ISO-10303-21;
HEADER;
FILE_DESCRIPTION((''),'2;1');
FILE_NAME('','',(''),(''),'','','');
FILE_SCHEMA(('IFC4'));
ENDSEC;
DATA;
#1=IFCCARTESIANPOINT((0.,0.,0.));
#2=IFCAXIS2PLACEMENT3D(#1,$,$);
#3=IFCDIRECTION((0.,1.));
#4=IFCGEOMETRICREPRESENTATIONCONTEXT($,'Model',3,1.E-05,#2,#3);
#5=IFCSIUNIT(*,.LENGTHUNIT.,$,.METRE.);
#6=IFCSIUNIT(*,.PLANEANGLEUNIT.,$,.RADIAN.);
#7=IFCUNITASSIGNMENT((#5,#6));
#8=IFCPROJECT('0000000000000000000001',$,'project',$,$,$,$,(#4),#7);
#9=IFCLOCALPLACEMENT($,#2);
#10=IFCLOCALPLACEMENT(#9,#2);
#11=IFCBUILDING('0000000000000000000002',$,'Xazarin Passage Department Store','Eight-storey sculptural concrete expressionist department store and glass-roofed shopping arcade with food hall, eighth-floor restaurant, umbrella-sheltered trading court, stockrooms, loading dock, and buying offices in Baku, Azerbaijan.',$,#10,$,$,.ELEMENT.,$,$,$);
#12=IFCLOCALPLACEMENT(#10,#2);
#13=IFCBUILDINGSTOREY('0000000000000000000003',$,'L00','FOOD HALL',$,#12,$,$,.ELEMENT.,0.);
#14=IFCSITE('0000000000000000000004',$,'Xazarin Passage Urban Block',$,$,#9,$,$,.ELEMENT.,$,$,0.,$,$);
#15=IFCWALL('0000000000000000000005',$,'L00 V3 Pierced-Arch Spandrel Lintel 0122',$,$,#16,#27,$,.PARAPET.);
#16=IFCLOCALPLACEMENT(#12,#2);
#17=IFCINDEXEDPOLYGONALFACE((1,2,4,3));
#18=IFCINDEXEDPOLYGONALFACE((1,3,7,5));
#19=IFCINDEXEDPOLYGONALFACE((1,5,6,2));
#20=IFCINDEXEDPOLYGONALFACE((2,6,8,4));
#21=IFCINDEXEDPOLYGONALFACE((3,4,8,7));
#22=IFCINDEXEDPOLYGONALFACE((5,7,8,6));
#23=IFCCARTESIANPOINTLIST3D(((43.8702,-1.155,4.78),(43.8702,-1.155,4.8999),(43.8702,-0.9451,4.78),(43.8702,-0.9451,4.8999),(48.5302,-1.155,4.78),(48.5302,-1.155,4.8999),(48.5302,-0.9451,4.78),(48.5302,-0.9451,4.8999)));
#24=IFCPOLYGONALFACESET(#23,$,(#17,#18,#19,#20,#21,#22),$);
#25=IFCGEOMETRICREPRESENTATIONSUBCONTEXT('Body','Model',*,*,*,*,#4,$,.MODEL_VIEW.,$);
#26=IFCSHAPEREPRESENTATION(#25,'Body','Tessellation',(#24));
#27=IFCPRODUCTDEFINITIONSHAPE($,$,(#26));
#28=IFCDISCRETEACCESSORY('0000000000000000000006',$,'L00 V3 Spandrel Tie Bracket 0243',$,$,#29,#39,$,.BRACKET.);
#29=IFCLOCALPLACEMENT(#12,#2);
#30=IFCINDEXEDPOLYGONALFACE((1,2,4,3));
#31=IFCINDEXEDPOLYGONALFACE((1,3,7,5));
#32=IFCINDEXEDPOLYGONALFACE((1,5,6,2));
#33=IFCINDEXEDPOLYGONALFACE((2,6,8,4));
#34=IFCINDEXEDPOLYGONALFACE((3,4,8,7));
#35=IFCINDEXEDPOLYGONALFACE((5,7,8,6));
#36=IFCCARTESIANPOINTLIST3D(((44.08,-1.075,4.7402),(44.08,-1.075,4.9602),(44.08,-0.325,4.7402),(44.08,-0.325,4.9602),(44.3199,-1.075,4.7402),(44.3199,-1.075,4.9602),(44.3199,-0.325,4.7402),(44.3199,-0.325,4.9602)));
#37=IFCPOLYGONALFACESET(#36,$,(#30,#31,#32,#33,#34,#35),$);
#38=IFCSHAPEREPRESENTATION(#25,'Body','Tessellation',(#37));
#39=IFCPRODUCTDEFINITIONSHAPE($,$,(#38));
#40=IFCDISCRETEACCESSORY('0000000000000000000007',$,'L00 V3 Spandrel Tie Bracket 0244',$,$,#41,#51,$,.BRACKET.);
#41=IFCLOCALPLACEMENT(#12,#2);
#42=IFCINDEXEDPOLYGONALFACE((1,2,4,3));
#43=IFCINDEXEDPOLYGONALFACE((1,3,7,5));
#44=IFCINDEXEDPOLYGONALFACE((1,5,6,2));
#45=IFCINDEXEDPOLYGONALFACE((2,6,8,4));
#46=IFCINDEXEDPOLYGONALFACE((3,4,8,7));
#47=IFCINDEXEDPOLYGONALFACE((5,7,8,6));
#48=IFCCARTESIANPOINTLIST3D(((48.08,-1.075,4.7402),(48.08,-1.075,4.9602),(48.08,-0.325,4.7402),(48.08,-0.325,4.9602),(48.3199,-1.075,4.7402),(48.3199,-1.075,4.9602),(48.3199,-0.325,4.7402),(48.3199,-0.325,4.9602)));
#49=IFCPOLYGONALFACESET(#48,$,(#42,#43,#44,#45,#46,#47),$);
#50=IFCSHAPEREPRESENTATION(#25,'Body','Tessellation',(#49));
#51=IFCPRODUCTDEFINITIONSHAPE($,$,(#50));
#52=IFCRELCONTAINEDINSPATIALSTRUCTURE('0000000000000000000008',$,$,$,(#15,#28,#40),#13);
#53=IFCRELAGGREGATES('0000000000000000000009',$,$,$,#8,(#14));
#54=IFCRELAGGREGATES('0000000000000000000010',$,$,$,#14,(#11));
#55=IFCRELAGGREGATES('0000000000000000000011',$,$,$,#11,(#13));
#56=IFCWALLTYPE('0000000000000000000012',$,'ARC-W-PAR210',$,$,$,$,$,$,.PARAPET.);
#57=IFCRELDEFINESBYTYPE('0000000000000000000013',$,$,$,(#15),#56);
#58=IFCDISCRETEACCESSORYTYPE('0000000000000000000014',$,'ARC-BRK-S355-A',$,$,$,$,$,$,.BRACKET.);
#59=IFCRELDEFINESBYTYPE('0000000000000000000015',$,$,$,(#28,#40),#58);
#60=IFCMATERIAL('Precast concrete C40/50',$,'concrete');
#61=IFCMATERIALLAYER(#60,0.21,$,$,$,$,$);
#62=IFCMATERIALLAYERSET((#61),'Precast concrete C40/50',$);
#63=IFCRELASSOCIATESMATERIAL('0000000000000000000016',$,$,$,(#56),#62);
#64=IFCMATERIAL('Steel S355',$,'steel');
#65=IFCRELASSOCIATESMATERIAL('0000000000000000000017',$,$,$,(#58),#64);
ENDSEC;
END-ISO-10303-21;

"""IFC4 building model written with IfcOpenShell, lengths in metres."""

from ifc_helpers import new_model, si_unit, direction, frame, frame_2d, origin, origin_2d, place, context, subcontext, project, spatial, rectangle, extrude, material, layer, layer_set, type_object, element, save


model = new_model("IFC4")

# Units and contexts
model_context = context("Model", 3, precision=1e-05, world=origin(), true_north=direction((0.0, 1.0)))
body_context = subcontext(model_context, "Body", "Model", "MODEL_VIEW")
ifc_project = project(units=[si_unit("LENGTHUNIT", "METRE"), si_unit("PLANEANGLEUNIT", "RADIAN")], contexts=[model_context])

# Site, building, storey
site_placement = place(None, origin())
site = spatial("IfcSite", under=ifc_project, at=site_placement, Name="Xazarin Passage Urban Block", CompositionType="ELEMENT", RefElevation=0.0)
building_placement = place(site_placement, origin())
building = spatial("IfcBuilding", under=site, at=building_placement, Name="Xazarin Passage Department Store", Description="Eight-storey sculptural concrete expressionist department store and glass-roofed shopping arcade with food hall, eighth-floor restaurant, umbrella-sheltered trading court, stockrooms, loading dock, and buying offices in Baku, Azerbaijan.", CompositionType="ELEMENT")
storey_placement = place(building_placement, origin())
storey = spatial("IfcBuildingStorey", under=building, at=storey_placement, Name="L00", Description="FOOD HALL", CompositionType="ELEMENT", Elevation=0.0)

# Shared definitions
ifc_material_1 = material(Name="Steel S355", Category="steel")

# Shared definitions
ifc_material_2 = material(Name="Precast concrete C40/50", Category="concrete")

# Wall
ifc_layer_1 = layer(ifc_material_2, 0.21)
ifc_layer_set_1 = layer_set([ifc_layer_1], Name="Precast concrete C40/50")
wall_type = type_object("IfcWallType", Name="ARC-W-PAR210", PredefinedType="PARAPET", material=ifc_layer_set_1)
wall_placement = place(storey_placement, frame((43.8701, -1.05, 4.78), z_axis=(0.0, 0.0, 1.0), x_axis=(1.0, 0.0, 0.0)))
element("IfcWall", 1, at=wall_placement, inside=storey, type_object=wall_type, Name="L00 V3 Pierced-Arch Spandrel Lintel 0122", PredefinedType="PARAPET", context=body_context, shape_type="SweptSolid", body=[
    extrude(rectangle(XDim=4.6599, YDim=0.21, at=frame_2d((2.3301, 0.0))), origin(), (0.0, 0.0, 1.0), 0.1199),
])

# Discrete accessories
discrete_accessory_type = type_object("IfcDiscreteAccessoryType", Name="ARC-BRK-S355-A", PredefinedType="BRACKET", material=ifc_material_1)
for number, where, z_axis, x_axis, name in (
    (2, (44.2, -0.7, 4.7402), (0.0, 0.0, 1.0), (1.0, 0.0, 0.0), "L00 V3 Spandrel Tie Bracket 0243"),
    (3, (48.2, -0.7, 4.7402), (0.0, 0.0, 1.0), (1.0, 0.0, 0.0), "L00 V3 Spandrel Tie Bracket 0244"),
):
    element("IfcDiscreteAccessory", number, at=place(storey_placement, frame(where, z_axis=z_axis, x_axis=x_axis)), inside=storey, type_object=discrete_accessory_type, Name=name, PredefinedType="BRACKET", context=body_context, shape_type="SweptSolid", body=[
        extrude(rectangle(XDim=0.24, YDim=0.75, at=origin_2d()), origin(), (0.0, 0.0, 1.0), 0.22),
    ])

save(model, "model.ifc")
